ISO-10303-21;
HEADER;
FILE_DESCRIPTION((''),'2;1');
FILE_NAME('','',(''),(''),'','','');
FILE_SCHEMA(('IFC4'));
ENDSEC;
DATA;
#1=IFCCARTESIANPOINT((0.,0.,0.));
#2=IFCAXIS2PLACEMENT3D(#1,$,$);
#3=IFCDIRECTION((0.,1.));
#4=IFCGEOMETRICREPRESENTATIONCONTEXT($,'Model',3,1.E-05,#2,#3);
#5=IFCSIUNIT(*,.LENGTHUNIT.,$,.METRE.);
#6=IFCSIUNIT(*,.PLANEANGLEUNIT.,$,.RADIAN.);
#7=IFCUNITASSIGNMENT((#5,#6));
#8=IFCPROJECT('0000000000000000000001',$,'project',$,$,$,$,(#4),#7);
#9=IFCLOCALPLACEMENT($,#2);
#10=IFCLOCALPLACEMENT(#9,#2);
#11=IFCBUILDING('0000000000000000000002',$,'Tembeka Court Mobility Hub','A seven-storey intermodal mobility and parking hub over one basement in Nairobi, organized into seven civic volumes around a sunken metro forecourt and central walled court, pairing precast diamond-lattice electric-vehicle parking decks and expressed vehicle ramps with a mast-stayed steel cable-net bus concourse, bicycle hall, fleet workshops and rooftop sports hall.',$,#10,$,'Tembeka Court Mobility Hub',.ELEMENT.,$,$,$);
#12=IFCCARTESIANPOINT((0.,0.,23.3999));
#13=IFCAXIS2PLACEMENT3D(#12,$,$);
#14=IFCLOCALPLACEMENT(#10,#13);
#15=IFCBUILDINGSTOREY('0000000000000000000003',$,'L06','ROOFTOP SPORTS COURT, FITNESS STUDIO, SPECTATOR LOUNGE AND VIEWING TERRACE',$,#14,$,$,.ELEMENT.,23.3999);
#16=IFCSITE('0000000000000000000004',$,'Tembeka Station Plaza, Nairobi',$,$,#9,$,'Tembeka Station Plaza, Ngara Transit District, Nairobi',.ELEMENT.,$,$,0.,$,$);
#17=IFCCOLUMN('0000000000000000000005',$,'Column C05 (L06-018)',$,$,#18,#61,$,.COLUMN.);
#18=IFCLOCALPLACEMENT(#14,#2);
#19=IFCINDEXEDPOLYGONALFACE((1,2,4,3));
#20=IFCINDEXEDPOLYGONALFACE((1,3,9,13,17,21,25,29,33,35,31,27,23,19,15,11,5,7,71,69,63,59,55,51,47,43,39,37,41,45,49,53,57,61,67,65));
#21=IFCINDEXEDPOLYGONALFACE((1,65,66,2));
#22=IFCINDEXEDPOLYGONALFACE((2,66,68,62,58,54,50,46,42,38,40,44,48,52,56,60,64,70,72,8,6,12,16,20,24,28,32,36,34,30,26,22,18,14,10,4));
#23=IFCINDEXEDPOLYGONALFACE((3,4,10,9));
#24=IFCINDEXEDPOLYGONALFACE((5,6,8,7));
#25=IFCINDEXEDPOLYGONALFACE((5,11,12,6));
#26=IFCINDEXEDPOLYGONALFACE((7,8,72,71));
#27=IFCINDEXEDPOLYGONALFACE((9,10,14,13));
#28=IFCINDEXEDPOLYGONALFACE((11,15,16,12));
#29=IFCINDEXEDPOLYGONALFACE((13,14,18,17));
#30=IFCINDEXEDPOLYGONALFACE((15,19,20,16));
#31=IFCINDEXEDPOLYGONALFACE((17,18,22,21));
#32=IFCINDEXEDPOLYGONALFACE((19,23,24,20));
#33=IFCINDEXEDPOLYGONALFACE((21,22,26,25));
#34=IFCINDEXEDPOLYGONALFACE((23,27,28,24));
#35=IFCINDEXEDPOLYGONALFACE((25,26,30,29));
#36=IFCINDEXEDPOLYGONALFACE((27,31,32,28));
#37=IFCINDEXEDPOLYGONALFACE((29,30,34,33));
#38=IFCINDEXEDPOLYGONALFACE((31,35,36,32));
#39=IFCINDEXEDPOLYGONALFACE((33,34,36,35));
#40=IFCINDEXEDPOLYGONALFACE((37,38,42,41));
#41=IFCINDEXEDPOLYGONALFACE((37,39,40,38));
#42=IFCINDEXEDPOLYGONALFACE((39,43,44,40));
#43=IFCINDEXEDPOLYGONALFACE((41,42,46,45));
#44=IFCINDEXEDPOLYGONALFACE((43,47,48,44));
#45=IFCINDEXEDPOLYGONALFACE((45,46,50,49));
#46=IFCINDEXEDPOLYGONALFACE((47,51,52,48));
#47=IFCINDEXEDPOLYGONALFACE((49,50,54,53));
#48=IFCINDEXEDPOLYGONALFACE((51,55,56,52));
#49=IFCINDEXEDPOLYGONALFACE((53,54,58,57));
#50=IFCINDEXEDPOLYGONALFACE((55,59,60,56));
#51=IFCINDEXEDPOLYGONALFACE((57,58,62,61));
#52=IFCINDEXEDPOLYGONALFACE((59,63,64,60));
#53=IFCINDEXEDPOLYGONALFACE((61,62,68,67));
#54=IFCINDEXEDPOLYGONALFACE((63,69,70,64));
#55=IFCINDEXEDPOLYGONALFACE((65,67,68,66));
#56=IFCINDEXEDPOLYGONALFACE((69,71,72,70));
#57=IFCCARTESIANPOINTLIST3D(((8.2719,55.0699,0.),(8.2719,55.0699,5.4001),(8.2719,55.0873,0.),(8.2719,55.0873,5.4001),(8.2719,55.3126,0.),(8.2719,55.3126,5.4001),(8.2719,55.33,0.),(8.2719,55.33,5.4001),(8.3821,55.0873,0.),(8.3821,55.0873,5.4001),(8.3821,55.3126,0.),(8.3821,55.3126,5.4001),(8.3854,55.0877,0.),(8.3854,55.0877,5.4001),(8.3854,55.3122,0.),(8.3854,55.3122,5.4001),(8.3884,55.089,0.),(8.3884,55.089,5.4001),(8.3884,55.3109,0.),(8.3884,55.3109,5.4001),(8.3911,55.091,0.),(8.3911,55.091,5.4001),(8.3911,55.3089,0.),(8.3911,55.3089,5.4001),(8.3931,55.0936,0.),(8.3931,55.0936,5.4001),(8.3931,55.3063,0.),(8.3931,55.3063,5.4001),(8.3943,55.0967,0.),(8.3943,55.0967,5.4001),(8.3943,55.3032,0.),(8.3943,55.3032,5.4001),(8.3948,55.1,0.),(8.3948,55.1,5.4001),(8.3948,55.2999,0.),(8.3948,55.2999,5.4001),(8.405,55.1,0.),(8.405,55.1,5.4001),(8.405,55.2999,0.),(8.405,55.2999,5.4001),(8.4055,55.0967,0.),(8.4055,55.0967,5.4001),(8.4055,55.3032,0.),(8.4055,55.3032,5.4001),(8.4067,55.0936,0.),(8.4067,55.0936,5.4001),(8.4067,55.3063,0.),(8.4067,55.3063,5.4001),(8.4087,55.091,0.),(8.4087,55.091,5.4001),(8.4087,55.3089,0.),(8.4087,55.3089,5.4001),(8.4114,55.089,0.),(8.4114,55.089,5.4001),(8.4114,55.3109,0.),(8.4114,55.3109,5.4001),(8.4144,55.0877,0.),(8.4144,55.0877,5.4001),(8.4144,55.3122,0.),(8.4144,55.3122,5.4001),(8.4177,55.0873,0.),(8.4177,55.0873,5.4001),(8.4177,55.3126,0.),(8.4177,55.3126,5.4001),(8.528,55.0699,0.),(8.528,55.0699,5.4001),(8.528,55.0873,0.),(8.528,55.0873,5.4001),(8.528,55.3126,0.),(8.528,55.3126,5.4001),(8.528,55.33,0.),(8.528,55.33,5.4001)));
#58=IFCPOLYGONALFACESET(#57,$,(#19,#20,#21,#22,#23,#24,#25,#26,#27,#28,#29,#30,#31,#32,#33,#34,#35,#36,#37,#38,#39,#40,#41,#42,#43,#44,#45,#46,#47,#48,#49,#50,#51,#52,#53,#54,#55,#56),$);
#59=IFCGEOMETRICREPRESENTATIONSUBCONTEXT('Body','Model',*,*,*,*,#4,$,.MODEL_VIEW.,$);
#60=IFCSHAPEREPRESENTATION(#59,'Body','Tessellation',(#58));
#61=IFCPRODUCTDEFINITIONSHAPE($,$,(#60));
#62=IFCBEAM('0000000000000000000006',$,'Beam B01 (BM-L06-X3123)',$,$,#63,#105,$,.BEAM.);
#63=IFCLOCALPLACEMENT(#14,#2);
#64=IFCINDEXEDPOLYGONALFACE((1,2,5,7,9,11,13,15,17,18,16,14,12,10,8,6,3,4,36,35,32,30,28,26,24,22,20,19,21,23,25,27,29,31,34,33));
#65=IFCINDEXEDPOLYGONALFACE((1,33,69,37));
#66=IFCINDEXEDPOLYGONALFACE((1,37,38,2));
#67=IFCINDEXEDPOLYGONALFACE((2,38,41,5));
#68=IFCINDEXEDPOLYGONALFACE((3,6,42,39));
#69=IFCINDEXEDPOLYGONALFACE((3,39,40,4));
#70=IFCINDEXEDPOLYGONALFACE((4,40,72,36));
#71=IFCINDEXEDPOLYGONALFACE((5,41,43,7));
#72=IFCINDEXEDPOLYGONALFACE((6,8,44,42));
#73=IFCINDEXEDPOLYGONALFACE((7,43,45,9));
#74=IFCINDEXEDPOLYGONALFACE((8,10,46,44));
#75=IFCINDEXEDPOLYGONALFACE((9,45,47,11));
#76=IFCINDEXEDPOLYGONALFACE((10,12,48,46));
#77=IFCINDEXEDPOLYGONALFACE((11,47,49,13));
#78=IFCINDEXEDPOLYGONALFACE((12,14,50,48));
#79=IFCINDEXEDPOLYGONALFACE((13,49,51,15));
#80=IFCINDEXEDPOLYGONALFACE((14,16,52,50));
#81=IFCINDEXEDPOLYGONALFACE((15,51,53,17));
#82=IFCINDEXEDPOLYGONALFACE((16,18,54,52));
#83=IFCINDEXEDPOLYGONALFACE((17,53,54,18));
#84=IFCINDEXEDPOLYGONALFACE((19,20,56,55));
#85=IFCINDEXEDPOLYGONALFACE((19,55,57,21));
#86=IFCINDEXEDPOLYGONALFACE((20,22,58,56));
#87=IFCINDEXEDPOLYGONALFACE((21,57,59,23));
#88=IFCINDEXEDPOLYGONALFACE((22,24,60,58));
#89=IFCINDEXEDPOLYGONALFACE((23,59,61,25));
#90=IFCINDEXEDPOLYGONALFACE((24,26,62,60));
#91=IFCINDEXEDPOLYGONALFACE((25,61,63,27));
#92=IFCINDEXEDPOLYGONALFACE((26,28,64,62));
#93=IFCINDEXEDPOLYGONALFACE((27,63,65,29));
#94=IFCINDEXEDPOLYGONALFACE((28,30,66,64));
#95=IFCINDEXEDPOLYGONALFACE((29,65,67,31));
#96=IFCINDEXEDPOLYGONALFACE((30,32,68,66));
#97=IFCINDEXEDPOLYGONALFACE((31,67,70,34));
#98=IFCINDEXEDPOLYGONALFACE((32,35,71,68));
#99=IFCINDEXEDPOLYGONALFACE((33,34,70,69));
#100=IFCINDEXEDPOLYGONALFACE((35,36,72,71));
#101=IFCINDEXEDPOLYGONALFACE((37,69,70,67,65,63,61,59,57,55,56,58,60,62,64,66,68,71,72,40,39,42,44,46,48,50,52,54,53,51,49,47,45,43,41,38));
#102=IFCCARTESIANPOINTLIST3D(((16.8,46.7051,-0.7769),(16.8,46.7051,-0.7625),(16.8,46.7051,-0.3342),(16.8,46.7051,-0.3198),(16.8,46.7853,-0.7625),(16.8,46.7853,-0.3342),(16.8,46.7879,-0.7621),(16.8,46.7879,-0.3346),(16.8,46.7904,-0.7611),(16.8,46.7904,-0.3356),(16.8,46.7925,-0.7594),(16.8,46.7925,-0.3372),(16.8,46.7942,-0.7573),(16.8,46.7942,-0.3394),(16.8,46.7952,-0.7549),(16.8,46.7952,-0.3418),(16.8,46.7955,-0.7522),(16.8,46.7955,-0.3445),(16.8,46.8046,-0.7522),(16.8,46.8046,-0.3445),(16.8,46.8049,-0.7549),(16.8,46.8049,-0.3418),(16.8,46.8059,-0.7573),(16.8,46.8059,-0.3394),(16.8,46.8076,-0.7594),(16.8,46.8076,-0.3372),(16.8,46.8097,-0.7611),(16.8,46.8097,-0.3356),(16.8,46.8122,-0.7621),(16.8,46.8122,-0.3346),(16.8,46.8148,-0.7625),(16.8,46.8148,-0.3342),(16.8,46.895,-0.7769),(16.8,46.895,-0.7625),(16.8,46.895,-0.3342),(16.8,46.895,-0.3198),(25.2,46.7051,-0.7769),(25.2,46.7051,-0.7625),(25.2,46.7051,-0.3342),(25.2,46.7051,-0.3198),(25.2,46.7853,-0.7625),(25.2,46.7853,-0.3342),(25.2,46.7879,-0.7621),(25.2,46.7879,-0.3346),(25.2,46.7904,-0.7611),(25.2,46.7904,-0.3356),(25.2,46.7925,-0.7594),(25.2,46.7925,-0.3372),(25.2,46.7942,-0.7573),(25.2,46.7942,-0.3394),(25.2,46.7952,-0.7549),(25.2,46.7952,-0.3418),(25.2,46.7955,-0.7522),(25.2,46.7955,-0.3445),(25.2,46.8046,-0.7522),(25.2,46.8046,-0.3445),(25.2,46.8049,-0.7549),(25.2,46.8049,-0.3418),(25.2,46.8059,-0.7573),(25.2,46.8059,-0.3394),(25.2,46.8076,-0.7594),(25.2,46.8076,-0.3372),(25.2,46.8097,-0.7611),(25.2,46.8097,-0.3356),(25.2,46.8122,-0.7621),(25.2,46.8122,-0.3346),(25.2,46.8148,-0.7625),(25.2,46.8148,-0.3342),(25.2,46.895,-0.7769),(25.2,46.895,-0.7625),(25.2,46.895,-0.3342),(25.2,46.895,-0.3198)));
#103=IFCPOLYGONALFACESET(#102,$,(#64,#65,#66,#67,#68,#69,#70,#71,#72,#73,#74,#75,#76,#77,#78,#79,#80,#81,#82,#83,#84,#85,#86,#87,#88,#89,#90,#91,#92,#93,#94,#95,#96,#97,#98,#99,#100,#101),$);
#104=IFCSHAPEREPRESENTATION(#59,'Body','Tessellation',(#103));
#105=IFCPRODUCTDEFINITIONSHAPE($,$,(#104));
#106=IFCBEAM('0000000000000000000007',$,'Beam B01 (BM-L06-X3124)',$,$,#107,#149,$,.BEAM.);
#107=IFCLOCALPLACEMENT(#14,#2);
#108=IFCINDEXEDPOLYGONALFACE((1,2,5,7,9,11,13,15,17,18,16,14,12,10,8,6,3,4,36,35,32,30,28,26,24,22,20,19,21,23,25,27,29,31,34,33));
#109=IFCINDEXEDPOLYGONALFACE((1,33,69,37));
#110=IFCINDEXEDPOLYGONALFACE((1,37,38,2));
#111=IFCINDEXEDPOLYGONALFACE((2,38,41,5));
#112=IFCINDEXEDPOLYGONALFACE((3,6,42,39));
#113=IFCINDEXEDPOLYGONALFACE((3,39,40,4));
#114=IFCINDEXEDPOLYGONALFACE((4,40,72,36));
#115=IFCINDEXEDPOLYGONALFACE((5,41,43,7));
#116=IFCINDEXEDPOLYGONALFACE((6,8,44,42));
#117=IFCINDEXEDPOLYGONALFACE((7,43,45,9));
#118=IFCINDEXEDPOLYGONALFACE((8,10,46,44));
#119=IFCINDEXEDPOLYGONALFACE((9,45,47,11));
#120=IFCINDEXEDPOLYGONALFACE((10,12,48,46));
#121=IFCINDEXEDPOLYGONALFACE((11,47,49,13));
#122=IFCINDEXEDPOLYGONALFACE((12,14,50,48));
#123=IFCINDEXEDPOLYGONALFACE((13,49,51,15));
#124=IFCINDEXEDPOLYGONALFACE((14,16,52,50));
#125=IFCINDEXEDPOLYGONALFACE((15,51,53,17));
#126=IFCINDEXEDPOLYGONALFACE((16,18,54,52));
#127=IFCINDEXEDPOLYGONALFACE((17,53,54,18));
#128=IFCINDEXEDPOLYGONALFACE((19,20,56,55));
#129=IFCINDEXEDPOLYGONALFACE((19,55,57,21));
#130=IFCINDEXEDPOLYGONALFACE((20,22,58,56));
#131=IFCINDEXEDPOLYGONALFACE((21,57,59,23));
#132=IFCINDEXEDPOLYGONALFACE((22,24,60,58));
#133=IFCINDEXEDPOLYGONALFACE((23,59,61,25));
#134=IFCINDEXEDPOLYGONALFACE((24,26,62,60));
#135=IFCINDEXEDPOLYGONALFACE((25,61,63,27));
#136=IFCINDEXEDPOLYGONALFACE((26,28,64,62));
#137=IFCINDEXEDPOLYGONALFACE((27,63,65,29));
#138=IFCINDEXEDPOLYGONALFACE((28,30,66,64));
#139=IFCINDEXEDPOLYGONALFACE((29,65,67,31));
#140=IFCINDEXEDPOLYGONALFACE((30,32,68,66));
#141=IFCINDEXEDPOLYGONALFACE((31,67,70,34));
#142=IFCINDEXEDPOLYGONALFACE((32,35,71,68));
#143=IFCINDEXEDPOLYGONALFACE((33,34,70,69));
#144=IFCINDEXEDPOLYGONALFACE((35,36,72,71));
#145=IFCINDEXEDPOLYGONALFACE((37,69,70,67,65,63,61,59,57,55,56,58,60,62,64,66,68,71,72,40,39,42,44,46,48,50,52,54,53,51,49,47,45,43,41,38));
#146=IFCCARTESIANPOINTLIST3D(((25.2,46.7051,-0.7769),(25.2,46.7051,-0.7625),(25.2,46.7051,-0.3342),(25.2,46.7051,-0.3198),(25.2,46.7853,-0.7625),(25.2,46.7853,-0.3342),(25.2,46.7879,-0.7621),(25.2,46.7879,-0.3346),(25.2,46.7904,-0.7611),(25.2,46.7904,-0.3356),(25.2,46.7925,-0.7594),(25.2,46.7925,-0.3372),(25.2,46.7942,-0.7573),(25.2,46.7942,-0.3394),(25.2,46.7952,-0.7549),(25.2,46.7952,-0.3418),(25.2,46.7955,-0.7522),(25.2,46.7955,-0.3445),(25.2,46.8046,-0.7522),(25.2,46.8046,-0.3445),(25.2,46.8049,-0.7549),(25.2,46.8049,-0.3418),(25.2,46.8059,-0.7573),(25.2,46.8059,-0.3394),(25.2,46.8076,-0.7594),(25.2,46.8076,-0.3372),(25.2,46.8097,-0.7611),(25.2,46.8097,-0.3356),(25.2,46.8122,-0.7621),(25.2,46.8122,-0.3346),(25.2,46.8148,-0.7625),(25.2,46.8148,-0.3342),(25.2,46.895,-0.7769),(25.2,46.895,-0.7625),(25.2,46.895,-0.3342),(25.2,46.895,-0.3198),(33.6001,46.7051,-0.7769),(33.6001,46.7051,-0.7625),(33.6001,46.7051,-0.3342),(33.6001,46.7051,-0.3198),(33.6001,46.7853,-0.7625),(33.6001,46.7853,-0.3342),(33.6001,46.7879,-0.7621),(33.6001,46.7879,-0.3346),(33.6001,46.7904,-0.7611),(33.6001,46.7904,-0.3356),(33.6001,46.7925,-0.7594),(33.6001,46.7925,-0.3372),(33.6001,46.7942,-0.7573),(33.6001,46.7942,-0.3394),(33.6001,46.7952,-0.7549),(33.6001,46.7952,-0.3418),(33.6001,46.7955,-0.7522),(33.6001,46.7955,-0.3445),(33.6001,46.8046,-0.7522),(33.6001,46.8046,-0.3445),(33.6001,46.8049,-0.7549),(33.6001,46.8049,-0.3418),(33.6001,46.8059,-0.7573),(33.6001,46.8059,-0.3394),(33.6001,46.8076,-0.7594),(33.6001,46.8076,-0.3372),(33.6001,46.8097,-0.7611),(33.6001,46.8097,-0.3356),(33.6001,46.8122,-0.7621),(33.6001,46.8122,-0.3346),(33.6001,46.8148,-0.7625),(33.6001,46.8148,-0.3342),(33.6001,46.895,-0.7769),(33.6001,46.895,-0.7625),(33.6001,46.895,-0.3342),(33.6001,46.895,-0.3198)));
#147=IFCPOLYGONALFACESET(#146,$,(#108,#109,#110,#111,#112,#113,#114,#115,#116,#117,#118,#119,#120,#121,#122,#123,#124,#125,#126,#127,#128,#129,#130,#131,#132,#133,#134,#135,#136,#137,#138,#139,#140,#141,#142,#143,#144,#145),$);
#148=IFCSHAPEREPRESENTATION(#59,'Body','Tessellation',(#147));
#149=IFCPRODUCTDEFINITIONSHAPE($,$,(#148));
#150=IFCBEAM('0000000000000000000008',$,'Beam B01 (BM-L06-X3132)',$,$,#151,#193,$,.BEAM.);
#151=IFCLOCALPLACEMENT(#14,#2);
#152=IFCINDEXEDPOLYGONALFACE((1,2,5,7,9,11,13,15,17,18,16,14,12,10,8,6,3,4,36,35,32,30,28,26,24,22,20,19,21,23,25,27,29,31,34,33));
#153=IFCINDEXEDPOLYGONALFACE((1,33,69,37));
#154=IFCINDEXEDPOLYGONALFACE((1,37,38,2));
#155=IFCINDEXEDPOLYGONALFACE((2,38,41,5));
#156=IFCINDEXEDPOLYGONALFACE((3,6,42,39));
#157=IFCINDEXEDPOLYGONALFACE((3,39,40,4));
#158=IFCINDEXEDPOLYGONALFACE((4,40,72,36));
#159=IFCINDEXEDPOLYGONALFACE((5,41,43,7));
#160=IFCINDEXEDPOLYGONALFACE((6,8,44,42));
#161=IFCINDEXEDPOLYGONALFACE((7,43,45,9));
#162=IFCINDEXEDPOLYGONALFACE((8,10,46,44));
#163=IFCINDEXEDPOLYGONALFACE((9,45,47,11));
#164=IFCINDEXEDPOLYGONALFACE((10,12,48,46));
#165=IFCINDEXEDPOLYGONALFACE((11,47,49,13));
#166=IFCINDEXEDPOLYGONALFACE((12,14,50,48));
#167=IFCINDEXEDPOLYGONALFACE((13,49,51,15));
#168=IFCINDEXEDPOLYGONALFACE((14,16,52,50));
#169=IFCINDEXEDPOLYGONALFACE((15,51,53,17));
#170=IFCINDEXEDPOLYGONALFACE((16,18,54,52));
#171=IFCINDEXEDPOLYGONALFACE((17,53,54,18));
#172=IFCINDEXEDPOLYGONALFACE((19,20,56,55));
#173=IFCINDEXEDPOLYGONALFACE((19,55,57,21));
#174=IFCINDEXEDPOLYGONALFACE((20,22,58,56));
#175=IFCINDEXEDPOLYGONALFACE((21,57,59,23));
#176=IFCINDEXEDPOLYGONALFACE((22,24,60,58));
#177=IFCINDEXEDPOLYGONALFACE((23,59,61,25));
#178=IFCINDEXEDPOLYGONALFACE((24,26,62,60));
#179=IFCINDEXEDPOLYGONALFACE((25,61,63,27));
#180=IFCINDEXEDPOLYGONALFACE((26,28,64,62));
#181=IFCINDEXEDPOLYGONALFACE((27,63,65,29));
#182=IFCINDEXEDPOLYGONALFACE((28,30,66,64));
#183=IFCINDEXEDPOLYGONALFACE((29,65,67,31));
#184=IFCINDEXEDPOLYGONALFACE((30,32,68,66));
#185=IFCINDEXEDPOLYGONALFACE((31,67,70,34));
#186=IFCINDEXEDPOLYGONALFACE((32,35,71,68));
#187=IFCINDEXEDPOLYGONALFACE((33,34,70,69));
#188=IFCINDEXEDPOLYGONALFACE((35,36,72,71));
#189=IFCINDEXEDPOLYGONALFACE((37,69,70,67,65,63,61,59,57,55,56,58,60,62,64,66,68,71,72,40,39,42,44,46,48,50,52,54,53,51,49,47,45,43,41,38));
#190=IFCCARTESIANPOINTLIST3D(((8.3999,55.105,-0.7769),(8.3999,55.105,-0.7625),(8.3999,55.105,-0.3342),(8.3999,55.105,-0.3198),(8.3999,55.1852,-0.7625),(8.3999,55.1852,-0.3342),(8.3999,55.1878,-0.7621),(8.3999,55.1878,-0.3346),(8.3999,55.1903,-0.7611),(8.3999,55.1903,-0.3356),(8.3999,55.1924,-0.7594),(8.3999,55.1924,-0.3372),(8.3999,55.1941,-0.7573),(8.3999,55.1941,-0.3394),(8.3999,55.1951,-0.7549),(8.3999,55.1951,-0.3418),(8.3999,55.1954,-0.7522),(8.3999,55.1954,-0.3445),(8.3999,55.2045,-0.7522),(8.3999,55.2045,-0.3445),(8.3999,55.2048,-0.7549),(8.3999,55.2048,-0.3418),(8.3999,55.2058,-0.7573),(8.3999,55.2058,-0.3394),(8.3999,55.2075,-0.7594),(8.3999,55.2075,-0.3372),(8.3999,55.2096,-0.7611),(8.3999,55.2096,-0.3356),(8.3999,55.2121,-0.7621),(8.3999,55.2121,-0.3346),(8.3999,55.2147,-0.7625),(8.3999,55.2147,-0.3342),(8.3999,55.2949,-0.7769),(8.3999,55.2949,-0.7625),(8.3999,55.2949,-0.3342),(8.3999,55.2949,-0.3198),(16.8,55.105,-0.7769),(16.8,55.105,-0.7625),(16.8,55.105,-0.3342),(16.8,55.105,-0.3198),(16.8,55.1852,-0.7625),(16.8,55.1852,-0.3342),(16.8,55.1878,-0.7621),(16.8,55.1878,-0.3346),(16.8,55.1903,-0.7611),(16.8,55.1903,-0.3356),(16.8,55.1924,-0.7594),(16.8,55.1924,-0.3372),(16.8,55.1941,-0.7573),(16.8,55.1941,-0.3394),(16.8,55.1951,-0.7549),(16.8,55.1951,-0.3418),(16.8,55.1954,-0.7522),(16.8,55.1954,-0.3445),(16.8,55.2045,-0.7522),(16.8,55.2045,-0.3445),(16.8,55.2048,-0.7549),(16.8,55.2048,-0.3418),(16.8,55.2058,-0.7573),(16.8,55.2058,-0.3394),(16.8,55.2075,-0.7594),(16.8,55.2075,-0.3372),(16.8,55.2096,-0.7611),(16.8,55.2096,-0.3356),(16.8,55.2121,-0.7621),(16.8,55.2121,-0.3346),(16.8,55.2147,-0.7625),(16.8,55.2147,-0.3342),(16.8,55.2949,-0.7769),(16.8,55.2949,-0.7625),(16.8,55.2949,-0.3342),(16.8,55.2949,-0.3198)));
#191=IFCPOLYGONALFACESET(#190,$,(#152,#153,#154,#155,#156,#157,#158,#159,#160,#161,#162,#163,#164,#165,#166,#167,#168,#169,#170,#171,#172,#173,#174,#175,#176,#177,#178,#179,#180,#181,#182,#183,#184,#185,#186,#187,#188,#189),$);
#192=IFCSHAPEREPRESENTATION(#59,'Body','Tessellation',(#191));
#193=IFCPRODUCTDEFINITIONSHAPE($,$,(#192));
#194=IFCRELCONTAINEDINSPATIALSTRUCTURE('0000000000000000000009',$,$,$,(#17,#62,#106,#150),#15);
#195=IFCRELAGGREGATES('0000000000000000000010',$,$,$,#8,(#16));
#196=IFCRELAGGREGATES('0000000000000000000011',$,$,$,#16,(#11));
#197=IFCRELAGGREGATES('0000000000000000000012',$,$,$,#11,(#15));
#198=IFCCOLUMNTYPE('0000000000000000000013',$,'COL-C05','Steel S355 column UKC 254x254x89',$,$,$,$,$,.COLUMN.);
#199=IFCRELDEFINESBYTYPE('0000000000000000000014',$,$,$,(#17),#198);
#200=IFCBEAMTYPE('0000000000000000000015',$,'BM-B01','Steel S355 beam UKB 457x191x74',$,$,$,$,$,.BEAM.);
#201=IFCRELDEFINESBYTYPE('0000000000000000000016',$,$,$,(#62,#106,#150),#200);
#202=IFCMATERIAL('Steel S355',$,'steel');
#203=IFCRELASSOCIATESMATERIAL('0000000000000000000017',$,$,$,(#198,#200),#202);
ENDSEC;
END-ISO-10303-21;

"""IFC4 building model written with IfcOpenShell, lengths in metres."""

from ifc_helpers import new_model, si_unit, direction, frame, origin, origin_2d, place, context, subcontext, project, spatial, i_section, extrude, material, material_profile, profile_set, type_object, element, save


model = new_model("IFC4")

# Units and contexts
model_context = context("Model", 3, precision=1e-05, world=origin(), true_north=direction((0.0, 1.0)))
body_context = subcontext(model_context, "Body", "Model", "MODEL_VIEW")
ifc_project = project(units=[si_unit("LENGTHUNIT", "METRE"), si_unit("PLANEANGLEUNIT", "RADIAN")], contexts=[model_context])

# Site, building, storey
site_placement = place(None, origin())
site = spatial("IfcSite", under=ifc_project, at=site_placement, Name="Tembeka Station Plaza, Nairobi", LongName="Tembeka Station Plaza, Ngara Transit District, Nairobi", CompositionType="ELEMENT", RefElevation=0.0)
building_placement = place(site_placement, origin())
building = spatial("IfcBuilding", under=site, at=building_placement, Name="Tembeka Court Mobility Hub", Description="A seven-storey intermodal mobility and parking hub over one basement in Nairobi, organized into seven civic volumes around a sunken metro forecourt and central walled court, pairing precast diamond-lattice electric-vehicle parking decks and expressed vehicle ramps with a mast-stayed steel cable-net bus concourse, bicycle hall, fleet workshops and rooftop sports hall.", LongName="Tembeka Court Mobility Hub", CompositionType="ELEMENT")
storey_placement = place(building_placement, frame((0.0, 0.0, 23.3999)))
storey = spatial("IfcBuildingStorey", under=building, at=storey_placement, Name="L06", Description="ROOFTOP SPORTS COURT, FITNESS STUDIO, SPECTATOR LOUNGE AND VIEWING TERRACE", CompositionType="ELEMENT", Elevation=23.3999)

# Column
ifc_material = material(Name="Steel S355", Category="steel")
ifc_material_profile_1 = material_profile(ifc_material, i_section(OverallWidth=0.2561, OverallDepth=0.26, WebThickness=0.0103, FlangeThickness=0.0173, FilletRadius=0.0127, at=origin_2d()), Name="UKC 254x254x89")
ifc_profile_set_1 = profile_set([ifc_material_profile_1], Name="Steel S355")
column_type = type_object("IfcColumnType", Name="COL-C05", Description="Steel S355 column UKC 254x254x89", PredefinedType="COLUMN", material=ifc_profile_set_1)
column_placement = place(storey_placement, frame((8.3999, 55.2, 0.0), z_axis=(0.0, 0.0, 1.0), x_axis=(1.0, 0.0, 0.0)))
element("IfcColumn", 1, at=column_placement, inside=storey, type_object=column_type, Name="Column C05 (L06-018)", PredefinedType="COLUMN", context=body_context, shape_type="SweptSolid", body=[
    extrude(i_section(OverallWidth=0.2561, OverallDepth=0.26, WebThickness=0.0103, FlangeThickness=0.0173, FilletRadius=0.0127, at=origin_2d()), origin(), (0.0, 0.0, 1.0), 5.4001),
])

# Beams
ifc_material_profile_2 = material_profile(ifc_material, i_section(OverallWidth=0.1899, OverallDepth=0.457, WebThickness=0.009, FlangeThickness=0.0144, FilletRadius=0.0103, at=origin_2d()), Name="UKB 457x191x74")
ifc_profile_set_2 = profile_set([ifc_material_profile_2], Name="Steel S355")
beam_type_1 = type_object("IfcBeamType", Name="BM-B01", Description="Steel S355 beam UKB 457x191x74", PredefinedType="BEAM", material=ifc_profile_set_2)
beam_1_placement = place(storey_placement, frame((16.8, 46.8, -0.5483), z_axis=(1.0, 0.0, 0.0), x_axis=(0.0, 1.0, 0.0)))
element("IfcBeam", 2, at=beam_1_placement, inside=storey, type_object=beam_type_1, Name="Beam B01 (BM-L06-X3123)", PredefinedType="BEAM", context=body_context, shape_type="SweptSolid", body=[
    extrude(i_section(OverallWidth=0.1899, OverallDepth=0.457, WebThickness=0.009, FlangeThickness=0.0144, FilletRadius=0.0103, at=origin_2d()), origin(), (0.0, 0.0, 1.0), 8.3999),
])
for number, where, z_axis, x_axis, name in (
    (3, (25.2, 46.8, -0.5483), (1.0, 0.0, 0.0), (0.0, 1.0, 0.0), "Beam B01 (BM-L06-X3124)"),
    (4, (8.3999, 55.2, -0.5483), (1.0, 0.0, 0.0), (0.0, 1.0, 0.0), "Beam B01 (BM-L06-X3132)"),
):
    element("IfcBeam", number, at=place(storey_placement, frame(where, z_axis=z_axis, x_axis=x_axis)), inside=storey, type_object=beam_type_1, Name=name, PredefinedType="BEAM", context=body_context, shape_type="SweptSolid", body=[
        extrude(i_section(OverallWidth=0.1899, OverallDepth=0.457, WebThickness=0.009, FlangeThickness=0.0144, FilletRadius=0.0103, at=origin_2d()), origin(), (0.0, 0.0, 1.0), 8.4001),
    ])

save(model, "model.ifc")
